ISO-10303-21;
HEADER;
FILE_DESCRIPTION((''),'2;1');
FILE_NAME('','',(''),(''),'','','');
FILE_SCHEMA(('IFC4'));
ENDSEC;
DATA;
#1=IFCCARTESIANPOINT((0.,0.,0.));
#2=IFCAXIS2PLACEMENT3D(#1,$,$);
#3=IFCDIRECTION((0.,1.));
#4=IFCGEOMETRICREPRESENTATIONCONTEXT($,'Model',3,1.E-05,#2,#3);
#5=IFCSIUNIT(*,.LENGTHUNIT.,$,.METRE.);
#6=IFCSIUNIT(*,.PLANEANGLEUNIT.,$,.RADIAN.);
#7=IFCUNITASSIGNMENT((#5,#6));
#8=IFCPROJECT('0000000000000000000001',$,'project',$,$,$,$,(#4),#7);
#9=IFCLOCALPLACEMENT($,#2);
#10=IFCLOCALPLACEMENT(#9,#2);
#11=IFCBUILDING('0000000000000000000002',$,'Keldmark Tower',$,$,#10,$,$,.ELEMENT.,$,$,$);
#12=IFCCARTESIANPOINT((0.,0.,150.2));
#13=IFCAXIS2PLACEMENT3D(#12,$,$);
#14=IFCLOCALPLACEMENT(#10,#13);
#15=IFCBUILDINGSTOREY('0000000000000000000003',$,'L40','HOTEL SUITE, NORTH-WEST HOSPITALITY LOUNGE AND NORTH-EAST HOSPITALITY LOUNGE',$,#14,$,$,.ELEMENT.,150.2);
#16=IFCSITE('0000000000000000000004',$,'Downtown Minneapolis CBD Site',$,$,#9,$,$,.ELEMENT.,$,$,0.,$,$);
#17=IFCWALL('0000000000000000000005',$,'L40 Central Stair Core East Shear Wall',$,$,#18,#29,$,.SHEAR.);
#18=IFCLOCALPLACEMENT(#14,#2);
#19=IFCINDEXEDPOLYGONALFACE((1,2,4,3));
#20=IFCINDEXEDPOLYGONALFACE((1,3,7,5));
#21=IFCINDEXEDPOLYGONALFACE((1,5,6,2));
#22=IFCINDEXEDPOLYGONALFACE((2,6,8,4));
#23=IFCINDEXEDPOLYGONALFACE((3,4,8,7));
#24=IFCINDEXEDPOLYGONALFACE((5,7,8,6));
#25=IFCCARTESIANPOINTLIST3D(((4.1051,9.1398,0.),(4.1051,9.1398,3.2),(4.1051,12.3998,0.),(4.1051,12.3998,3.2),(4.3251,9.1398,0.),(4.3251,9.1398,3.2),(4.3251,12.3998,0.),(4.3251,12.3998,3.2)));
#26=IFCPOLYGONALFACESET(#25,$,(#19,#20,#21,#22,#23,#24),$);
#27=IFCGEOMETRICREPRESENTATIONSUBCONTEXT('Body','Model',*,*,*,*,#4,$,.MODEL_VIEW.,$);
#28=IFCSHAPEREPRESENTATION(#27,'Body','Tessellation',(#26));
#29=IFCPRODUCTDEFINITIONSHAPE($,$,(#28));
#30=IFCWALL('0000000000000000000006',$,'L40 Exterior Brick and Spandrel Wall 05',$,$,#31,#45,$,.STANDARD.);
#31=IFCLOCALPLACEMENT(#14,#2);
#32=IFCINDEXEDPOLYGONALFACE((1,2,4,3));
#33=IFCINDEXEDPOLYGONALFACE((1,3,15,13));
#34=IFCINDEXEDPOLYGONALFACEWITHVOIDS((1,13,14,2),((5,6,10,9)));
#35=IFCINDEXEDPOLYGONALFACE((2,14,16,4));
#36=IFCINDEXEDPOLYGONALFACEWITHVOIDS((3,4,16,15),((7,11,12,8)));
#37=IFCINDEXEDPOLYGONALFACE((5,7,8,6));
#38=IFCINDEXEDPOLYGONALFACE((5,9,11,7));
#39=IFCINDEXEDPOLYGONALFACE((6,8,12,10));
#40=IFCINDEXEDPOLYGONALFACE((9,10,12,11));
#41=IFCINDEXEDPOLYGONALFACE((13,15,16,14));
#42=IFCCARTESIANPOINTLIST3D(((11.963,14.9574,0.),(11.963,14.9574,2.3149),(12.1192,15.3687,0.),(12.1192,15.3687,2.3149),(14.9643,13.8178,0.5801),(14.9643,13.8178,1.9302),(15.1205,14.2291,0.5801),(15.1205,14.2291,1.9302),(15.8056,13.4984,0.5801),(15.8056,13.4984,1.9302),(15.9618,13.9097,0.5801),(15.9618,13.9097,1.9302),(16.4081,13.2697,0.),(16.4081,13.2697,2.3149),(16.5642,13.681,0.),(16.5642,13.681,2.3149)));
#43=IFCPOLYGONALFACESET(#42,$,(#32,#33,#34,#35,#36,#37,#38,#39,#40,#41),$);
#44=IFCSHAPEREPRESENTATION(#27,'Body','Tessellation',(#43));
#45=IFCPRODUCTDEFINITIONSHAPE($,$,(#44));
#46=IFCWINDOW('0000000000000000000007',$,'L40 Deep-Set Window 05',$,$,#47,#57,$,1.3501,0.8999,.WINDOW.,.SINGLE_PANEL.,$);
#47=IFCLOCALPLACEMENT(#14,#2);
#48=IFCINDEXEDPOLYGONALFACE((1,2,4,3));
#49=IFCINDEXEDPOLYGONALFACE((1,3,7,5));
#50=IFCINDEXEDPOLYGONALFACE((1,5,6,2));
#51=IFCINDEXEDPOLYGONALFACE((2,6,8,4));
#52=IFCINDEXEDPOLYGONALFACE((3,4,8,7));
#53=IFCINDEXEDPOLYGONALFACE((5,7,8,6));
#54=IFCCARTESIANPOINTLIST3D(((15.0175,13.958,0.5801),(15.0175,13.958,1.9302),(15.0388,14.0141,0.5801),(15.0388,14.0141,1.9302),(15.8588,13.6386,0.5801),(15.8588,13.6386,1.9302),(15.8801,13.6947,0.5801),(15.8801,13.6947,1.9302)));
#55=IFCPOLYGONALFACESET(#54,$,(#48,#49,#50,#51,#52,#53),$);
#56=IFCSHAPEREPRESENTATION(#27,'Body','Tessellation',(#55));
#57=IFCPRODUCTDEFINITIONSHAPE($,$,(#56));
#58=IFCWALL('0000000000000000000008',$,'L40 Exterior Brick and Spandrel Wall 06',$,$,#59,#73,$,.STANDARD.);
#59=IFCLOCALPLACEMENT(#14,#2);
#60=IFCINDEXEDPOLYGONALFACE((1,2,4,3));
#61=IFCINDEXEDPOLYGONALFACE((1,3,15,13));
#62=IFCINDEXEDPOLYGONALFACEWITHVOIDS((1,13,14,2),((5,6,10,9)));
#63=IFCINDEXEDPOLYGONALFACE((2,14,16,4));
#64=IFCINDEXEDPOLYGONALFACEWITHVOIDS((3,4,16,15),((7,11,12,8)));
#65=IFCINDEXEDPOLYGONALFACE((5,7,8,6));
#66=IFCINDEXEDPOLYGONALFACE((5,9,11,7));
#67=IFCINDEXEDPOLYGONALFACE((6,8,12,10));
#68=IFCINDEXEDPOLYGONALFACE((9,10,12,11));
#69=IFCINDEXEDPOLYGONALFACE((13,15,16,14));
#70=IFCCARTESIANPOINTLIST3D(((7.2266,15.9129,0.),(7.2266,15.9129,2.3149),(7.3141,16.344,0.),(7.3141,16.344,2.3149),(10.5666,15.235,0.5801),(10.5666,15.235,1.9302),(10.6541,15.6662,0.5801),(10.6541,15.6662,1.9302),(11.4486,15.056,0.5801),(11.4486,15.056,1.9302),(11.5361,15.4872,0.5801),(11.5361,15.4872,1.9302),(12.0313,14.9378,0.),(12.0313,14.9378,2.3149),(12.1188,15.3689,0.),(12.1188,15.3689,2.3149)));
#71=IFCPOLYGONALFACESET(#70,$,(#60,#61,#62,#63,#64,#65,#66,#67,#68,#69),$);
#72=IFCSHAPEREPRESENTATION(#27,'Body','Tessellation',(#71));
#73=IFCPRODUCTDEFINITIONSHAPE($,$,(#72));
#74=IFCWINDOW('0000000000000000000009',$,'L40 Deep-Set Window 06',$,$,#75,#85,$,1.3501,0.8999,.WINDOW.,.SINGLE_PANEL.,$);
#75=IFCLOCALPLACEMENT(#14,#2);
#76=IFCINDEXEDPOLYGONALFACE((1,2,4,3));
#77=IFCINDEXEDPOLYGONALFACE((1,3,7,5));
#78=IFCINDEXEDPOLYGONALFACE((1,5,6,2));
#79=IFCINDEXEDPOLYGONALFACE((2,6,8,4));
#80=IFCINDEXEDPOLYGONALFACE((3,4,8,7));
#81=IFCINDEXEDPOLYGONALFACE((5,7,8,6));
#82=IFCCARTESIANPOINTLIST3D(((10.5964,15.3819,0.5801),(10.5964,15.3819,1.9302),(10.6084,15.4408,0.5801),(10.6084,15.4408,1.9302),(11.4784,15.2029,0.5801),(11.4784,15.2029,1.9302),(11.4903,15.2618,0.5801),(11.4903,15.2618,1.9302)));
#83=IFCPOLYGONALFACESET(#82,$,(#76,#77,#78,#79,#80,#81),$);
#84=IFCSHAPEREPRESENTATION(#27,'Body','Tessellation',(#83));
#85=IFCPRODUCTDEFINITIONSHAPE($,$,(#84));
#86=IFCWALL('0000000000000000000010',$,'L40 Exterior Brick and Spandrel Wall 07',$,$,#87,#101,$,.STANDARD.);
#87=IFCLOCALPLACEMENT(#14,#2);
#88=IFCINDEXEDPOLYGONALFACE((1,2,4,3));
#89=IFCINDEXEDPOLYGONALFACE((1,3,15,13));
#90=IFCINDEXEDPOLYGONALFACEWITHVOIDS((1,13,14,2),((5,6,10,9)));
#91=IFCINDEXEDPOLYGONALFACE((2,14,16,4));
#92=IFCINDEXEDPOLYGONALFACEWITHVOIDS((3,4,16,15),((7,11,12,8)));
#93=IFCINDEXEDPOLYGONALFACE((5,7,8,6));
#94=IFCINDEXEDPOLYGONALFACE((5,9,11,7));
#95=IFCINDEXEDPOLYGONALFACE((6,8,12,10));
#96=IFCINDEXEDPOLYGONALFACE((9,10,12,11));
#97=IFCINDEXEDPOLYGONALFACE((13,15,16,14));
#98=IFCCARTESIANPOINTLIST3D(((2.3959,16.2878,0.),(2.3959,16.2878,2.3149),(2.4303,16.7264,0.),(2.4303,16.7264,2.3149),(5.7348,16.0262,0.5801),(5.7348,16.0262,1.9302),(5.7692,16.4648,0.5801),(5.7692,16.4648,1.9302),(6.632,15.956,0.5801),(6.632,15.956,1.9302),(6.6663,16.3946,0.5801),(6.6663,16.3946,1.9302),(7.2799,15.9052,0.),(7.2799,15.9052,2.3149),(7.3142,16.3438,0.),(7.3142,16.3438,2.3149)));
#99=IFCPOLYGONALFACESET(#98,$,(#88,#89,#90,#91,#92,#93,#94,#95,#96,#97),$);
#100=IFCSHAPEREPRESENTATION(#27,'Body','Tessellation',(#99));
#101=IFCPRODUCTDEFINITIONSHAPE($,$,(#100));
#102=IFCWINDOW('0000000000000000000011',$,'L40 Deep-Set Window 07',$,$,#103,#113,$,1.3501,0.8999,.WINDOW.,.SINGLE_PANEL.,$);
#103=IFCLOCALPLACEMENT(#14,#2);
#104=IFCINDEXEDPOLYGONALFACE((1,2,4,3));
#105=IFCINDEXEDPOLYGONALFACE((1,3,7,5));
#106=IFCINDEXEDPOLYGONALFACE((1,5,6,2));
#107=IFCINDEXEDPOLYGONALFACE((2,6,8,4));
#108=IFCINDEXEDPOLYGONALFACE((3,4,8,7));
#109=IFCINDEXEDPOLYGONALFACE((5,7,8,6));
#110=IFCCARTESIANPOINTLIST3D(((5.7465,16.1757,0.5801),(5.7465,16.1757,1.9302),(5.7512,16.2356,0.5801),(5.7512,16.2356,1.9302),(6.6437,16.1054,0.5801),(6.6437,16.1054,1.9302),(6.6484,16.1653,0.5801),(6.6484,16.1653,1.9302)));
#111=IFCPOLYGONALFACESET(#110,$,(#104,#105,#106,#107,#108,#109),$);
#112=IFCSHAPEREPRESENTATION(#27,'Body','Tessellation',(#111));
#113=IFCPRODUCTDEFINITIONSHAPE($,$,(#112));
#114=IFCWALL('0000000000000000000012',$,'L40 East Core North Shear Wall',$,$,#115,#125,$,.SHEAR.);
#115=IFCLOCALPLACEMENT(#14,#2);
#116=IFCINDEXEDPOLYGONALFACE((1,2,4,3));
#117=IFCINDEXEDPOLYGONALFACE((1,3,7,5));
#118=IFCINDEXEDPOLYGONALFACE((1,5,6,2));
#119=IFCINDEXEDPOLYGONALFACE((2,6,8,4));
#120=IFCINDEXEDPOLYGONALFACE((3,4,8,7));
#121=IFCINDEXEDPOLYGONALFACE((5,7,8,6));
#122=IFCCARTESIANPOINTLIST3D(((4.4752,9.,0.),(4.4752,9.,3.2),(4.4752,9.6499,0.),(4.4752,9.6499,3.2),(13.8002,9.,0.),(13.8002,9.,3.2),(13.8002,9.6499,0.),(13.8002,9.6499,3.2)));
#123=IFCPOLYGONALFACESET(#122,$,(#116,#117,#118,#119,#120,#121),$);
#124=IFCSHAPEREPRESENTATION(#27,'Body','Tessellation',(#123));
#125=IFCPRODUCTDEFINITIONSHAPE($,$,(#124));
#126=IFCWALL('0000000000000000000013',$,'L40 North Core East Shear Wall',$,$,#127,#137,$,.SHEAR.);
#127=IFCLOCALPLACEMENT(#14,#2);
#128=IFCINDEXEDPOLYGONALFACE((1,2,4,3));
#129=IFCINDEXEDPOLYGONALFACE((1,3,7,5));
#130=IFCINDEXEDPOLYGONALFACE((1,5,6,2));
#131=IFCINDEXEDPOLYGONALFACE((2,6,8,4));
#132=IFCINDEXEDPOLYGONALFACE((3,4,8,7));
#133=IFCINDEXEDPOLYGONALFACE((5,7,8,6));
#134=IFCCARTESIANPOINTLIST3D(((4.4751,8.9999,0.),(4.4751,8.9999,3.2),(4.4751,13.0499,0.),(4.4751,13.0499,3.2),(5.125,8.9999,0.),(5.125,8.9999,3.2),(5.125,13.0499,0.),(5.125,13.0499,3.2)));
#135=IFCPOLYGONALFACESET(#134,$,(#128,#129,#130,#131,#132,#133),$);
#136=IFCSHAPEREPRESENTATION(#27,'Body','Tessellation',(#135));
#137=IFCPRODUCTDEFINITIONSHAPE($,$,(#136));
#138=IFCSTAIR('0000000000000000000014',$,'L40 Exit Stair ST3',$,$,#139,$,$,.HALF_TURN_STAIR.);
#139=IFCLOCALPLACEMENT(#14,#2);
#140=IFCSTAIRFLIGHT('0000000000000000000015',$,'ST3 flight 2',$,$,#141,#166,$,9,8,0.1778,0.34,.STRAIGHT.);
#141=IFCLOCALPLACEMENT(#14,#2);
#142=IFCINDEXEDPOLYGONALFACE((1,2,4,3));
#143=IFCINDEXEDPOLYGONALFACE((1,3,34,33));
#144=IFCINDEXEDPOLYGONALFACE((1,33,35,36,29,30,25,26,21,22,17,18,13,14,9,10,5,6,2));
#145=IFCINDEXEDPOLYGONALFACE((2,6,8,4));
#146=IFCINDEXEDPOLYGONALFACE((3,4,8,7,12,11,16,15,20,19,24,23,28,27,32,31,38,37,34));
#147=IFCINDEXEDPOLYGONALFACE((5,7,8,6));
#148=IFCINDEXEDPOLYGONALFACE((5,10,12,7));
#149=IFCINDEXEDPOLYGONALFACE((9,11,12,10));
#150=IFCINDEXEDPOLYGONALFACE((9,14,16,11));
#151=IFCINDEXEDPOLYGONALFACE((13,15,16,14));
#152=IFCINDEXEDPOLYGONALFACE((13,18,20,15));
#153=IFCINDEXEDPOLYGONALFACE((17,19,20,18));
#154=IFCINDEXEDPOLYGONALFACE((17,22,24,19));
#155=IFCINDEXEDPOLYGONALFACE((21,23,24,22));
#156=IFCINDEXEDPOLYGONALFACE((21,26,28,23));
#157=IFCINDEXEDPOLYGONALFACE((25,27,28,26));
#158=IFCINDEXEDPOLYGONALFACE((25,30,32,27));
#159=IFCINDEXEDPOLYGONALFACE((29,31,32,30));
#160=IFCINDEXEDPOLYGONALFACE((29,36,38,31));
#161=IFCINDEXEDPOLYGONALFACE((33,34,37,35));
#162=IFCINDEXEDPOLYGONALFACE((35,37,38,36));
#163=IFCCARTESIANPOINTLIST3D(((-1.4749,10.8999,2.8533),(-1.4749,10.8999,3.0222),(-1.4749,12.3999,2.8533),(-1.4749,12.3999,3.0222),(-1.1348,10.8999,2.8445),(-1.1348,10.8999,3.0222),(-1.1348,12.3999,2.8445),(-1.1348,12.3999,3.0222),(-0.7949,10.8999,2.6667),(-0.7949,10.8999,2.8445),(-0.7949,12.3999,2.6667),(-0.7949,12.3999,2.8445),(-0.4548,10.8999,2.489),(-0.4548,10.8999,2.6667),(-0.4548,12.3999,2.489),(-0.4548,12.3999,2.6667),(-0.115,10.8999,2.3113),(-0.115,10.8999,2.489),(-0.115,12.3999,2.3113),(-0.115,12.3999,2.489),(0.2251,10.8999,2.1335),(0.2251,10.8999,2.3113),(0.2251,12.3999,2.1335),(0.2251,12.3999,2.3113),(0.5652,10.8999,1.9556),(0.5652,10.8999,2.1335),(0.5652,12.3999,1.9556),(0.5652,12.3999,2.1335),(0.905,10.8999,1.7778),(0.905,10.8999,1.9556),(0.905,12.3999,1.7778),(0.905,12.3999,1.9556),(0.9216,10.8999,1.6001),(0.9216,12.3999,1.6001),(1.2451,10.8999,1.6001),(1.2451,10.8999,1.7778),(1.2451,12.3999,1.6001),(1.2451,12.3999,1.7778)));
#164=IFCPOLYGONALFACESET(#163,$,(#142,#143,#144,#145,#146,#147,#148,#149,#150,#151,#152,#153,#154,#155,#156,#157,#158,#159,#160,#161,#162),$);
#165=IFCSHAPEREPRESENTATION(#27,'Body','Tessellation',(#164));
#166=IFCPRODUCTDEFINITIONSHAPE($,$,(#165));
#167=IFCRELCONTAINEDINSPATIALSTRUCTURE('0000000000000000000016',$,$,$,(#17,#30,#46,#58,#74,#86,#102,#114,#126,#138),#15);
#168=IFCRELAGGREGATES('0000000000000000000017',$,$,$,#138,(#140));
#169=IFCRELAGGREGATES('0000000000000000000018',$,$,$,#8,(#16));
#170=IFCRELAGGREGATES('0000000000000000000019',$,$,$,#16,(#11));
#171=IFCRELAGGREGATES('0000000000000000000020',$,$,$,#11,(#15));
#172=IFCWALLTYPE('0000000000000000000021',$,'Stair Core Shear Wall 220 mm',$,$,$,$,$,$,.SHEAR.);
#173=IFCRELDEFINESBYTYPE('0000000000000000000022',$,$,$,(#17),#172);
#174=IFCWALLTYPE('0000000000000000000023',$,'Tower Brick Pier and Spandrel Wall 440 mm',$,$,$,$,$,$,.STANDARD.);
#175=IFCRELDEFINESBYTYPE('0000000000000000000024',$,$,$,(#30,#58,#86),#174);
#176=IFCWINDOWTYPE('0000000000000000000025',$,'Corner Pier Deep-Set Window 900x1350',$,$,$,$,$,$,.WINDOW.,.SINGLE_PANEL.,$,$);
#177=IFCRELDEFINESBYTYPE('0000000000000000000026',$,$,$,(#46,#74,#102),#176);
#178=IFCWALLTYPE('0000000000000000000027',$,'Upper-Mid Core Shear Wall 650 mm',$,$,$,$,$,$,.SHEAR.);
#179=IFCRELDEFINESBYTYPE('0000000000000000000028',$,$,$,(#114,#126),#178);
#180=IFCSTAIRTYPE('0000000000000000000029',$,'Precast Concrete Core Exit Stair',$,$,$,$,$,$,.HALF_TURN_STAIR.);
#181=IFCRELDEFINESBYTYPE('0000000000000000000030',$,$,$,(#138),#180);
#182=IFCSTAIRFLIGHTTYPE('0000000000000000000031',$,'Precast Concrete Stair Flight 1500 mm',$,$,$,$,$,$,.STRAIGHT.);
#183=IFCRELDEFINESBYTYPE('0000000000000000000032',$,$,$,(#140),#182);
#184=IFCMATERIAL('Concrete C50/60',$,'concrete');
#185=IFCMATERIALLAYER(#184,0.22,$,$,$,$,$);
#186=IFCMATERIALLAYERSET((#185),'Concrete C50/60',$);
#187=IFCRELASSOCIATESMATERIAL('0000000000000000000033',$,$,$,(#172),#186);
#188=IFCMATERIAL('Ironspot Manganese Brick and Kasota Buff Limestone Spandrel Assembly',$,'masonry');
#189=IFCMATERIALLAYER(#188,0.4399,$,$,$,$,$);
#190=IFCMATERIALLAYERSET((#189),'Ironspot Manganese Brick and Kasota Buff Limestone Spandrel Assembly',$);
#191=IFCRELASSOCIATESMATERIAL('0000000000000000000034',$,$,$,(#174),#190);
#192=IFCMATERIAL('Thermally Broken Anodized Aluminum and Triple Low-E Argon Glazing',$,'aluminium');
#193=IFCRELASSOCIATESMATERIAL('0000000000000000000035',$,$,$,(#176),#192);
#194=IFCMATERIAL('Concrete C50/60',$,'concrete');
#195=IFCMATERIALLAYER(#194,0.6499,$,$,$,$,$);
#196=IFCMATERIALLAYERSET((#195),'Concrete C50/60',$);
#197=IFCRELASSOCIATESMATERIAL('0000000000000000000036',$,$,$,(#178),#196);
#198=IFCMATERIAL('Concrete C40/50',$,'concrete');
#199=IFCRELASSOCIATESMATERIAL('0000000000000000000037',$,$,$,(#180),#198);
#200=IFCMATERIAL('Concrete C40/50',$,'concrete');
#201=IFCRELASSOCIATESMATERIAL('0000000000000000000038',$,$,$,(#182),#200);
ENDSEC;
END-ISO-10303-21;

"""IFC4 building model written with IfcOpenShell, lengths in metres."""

from ifc_helpers import new_model, si_unit, direction, frame, frame_2d, origin, place, context, subcontext, project, spatial, polyline, rectangle, outline, extrude, material, layer, layer_set, type_object, element, fill, aggregate, save


model = new_model("IFC4")

# Units and contexts
model_context = context("Model", 3, precision=1e-05, world=origin(), true_north=direction((0.0, 1.0)))
body_context = subcontext(model_context, "Body", "Model", "MODEL_VIEW")
ifc_project = project(units=[si_unit("LENGTHUNIT", "METRE"), si_unit("PLANEANGLEUNIT", "RADIAN")], contexts=[model_context])

# Site, building, storey
site_placement = place(None, origin())
site = spatial("IfcSite", under=ifc_project, at=site_placement, Name="Downtown Minneapolis CBD Site", CompositionType="ELEMENT", RefElevation=0.0)
building_placement = place(site_placement, origin())
building = spatial("IfcBuilding", under=site, at=building_placement, Name="Keldmark Tower", CompositionType="ELEMENT")
storey_placement = place(building_placement, frame((0.0, 0.0, 150.2)))
storey = spatial("IfcBuildingStorey", under=building, at=storey_placement, Name="L40", Description="HOTEL SUITE, NORTH-WEST HOSPITALITY LOUNGE AND NORTH-EAST HOSPITALITY LOUNGE", CompositionType="ELEMENT", Elevation=150.2)

# Wall
ifc_material_1 = material(Name="Concrete C50/60", Category="concrete")
ifc_layer_1 = layer(ifc_material_1, 0.22)
ifc_layer_set_1 = layer_set([ifc_layer_1], Name="Concrete C50/60")
wall_type_1 = type_object("IfcWallType", Name="Stair Core Shear Wall 220 mm", PredefinedType="SHEAR", material=ifc_layer_set_1)
wall_1_placement = place(storey_placement, frame((4.2151, 9.1399, 0.0), z_axis=(0.0, 0.0, 1.0), x_axis=(0.0, 1.0, 0.0)))
element("IfcWall", 1, at=wall_1_placement, inside=storey, type_object=wall_type_1, Name="L40 Central Stair Core East Shear Wall", PredefinedType="SHEAR", context=body_context, shape_type="SweptSolid", body=[
    extrude(rectangle(XDim=3.26, YDim=0.22, at=frame_2d((1.6299, 0.0))), origin(), (0.0, 0.0, 1.0), 3.2),
])

# Walls, openings, windows
ifc_material_2 = material(Name="Ironspot Manganese Brick and Kasota Buff Limestone Spandrel Assembly", Category="masonry")
ifc_layer_2 = layer(ifc_material_2, 0.4399)
ifc_layer_set_2 = layer_set([ifc_layer_2], Name="Ironspot Manganese Brick and Kasota Buff Limestone Spandrel Assembly")
wall_type_2 = type_object("IfcWallType", Name="Tower Brick Pier and Spandrel Wall 440 mm", PredefinedType="STANDARD", material=ifc_layer_set_2)
wall_2_placement = place(storey_placement, frame((12.041, 15.1631, 0.0), z_axis=(0.0, 0.0, 1.0), x_axis=(0.93488, -0.354964, 0.0)))
wall_2 = element("IfcWall", 2, at=wall_2_placement, inside=storey, type_object=wall_type_2, Name="L40 Exterior Brick and Spandrel Wall 05", PredefinedType="STANDARD", context=body_context, shape_type="SweptSolid", body=[
    extrude(rectangle(XDim=4.7546, YDim=0.4399, at=frame_2d((2.3774, 0.0))), origin(), (0.0, 0.0, 1.0), 2.3149),
])
opening_1_placement = place(wall_2_placement, frame((3.2104, 0.0, 0.5801)))
opening_1 = element("IfcOpeningElement", 3, at=opening_1_placement, cuts=wall_2, PredefinedType="OPENING", context=body_context, shape_type="SweptSolid", body=[
    extrude(rectangle(XDim=0.8999, YDim=1.3501, at=frame_2d((0.45, 0.675))), frame((0.0, 0.23, 0.0), z_axis=(0.0, -1.0, 0.0), x_axis=(1.0, 0.0, 0.0)), (0.0, 0.0, 1.0), 0.46),
])
ifc_material_3 = material(Name="Thermally Broken Anodized Aluminum and Triple Low-E Argon Glazing", Category="aluminium")
window_type = type_object("IfcWindowType", Name="Corner Pier Deep-Set Window 900x1350", PartitioningType="SINGLE_PANEL", PredefinedType="WINDOW", material=ifc_material_3)
window_1_placement = place(opening_1_placement, origin())
window_1 = element("IfcWindow", 4, at=window_1_placement, inside=storey, type_object=window_type, Name="L40 Deep-Set Window 05", OverallHeight=1.3501, OverallWidth=0.8999, PartitioningType="SINGLE_PANEL", PredefinedType="WINDOW", context=body_context, shape_type="SweptSolid", body=[
    extrude(rectangle(XDim=0.8999, YDim=1.3501, at=frame_2d((0.45, 0.675))), frame((0.0, -0.01, 0.0), z_axis=(0.0, -1.0, 0.0), x_axis=(1.0, 0.0, 0.0)), (0.0, 0.0, 1.0), 0.0601),
])
fill(opening_1, window_1)
wall_3_placement = place(storey_placement, frame((7.2705, 16.1284, 0.0), z_axis=(0.0, 0.0, 1.0), x_axis=(0.980021, -0.198893, 0.0)))
wall_3 = element("IfcWall", 5, at=wall_3_placement, inside=storey, type_object=wall_type_2, Name="L40 Exterior Brick and Spandrel Wall 06", PredefinedType="STANDARD", context=body_context, shape_type="SweptSolid", body=[
    extrude(rectangle(XDim=4.9026, YDim=0.4399, at=frame_2d((2.4512, 0.0))), origin(), (0.0, 0.0, 1.0), 2.3149),
])
opening_2_placement = place(wall_3_placement, frame((3.408, 0.0, 0.5801)))
opening_2 = element("IfcOpeningElement", 6, at=opening_2_placement, cuts=wall_3, PredefinedType="OPENING", context=body_context, shape_type="SweptSolid", body=[
    extrude(rectangle(XDim=0.8999, YDim=1.3501, at=frame_2d((0.45, 0.675))), frame((0.0, 0.23, 0.0), z_axis=(0.0, -1.0, 0.0), x_axis=(1.0, 0.0, 0.0)), (0.0, 0.0, 1.0), 0.46),
])
window_2_placement = place(opening_2_placement, origin())
window_2 = element("IfcWindow", 7, at=window_2_placement, inside=storey, type_object=window_type, Name="L40 Deep-Set Window 06", OverallHeight=1.3501, OverallWidth=0.8999, PartitioningType="SINGLE_PANEL", PredefinedType="WINDOW", context=body_context, shape_type="SweptSolid", body=[
    extrude(rectangle(XDim=0.8999, YDim=1.3501, at=frame_2d((0.45, 0.675))), frame((0.0, -0.01, 0.0), z_axis=(0.0, -1.0, 0.0), x_axis=(1.0, 0.0, 0.0)), (0.0, 0.0, 1.0), 0.0601),
])
fill(opening_2, window_2)
wall_4_placement = place(storey_placement, frame((2.4131, 16.5071, 0.0), z_axis=(0.0, 0.0, 1.0), x_axis=(0.996946, -0.078091, 0.0)))
wall_4 = element("IfcWall", 8, at=wall_4_placement, inside=storey, type_object=wall_type_2, Name="L40 Exterior Brick and Spandrel Wall 07", PredefinedType="STANDARD", context=body_context, shape_type="SweptSolid", body=[
    extrude(rectangle(XDim=4.8989, YDim=0.4399, at=frame_2d((2.4495, 0.0))), origin(), (0.0, 0.0, 1.0), 2.3149),
])
opening_3_placement = place(wall_4_placement, frame((3.3491, 0.0, 0.5801)))
opening_3 = element("IfcOpeningElement", 9, at=opening_3_placement, cuts=wall_4, PredefinedType="OPENING", context=body_context, shape_type="SweptSolid", body=[
    extrude(rectangle(XDim=0.8999, YDim=1.3501, at=frame_2d((0.45, 0.675))), frame((0.0, 0.23, 0.0), z_axis=(0.0, -1.0, 0.0), x_axis=(1.0, 0.0, 0.0)), (0.0, 0.0, 1.0), 0.46),
])
window_3_placement = place(opening_3_placement, origin())
window_3 = element("IfcWindow", 10, at=window_3_placement, inside=storey, type_object=window_type, Name="L40 Deep-Set Window 07", OverallHeight=1.3501, OverallWidth=0.8999, PartitioningType="SINGLE_PANEL", PredefinedType="WINDOW", context=body_context, shape_type="SweptSolid", body=[
    extrude(rectangle(XDim=0.8999, YDim=1.3501, at=frame_2d((0.45, 0.675))), frame((0.0, -0.01, 0.0), z_axis=(0.0, -1.0, 0.0), x_axis=(1.0, 0.0, 0.0)), (0.0, 0.0, 1.0), 0.0601),
])
fill(opening_3, window_3)

# Walls
ifc_material_4 = material(Name="Concrete C50/60", Category="concrete")
ifc_layer_3 = layer(ifc_material_4, 0.6499)
ifc_layer_set_3 = layer_set([ifc_layer_3], Name="Concrete C50/60")
wall_type_3 = type_object("IfcWallType", Name="Upper-Mid Core Shear Wall 650 mm", PredefinedType="SHEAR", material=ifc_layer_set_3)
wall_5_placement = place(storey_placement, frame((4.4751, 9.325, 0.0), z_axis=(0.0, 0.0, 1.0), x_axis=(1.0, 0.0, 0.0)))
element("IfcWall", 11, at=wall_5_placement, inside=storey, type_object=wall_type_3, Name="L40 East Core North Shear Wall", PredefinedType="SHEAR", context=body_context, shape_type="SweptSolid", body=[
    extrude(rectangle(XDim=9.325, YDim=0.6499, at=frame_2d((4.6626, 0.0))), origin(), (0.0, 0.0, 1.0), 3.2),
])
wall_6_placement = place(storey_placement, frame((4.8, 9.0, 0.0), z_axis=(0.0, 0.0, 1.0), x_axis=(0.0, 1.0, 0.0)))
element("IfcWall", 12, at=wall_6_placement, inside=storey, type_object=wall_type_3, Name="L40 North Core East Shear Wall", PredefinedType="SHEAR", context=body_context, shape_type="SweptSolid", body=[
    extrude(rectangle(XDim=4.05, YDim=0.6499, at=frame_2d((2.0249, 0.0))), origin(), (0.0, 0.0, 1.0), 3.2),
])

# Stair, stair flight
ifc_material_5 = material(Name="Concrete C40/50", Category="concrete")
stair_type = type_object("IfcStairType", Name="Precast Concrete Core Exit Stair", PredefinedType="HALF_TURN_STAIR", material=ifc_material_5)
stair_placement = place(storey_placement, origin())
stair = element("IfcStair", 13, at=stair_placement, inside=storey, type_object=stair_type, Name="L40 Exit Stair ST3", PredefinedType="HALF_TURN_STAIR")
ifc_material_6 = material(Name="Concrete C40/50", Category="concrete")
stair_flight_type = type_object("IfcStairFlightType", Name="Precast Concrete Stair Flight 1500 mm", PredefinedType="STRAIGHT", material=ifc_material_6)
stair_flight_placement = place(storey_placement, frame((1.2451, 11.6499, 1.6001), z_axis=(0.0, 0.0, 1.0), x_axis=(-1.0, 0.0, 0.0)))
stair_flight = element("IfcStairFlight", 14, at=stair_flight_placement, type_object=stair_flight_type, Name="ST3 flight 2", NumberOfRisers=9, NumberOfTreads=8, PredefinedType="STRAIGHT", RiserHeight=0.1778, TreadLength=0.34, context=body_context, shape_type="SweptSolid", body=[
    extrude(outline(polyline([(0.0, 0.0), (0.0, 0.1777), (0.3401, 0.1777), (0.3401, 0.3555), (0.6799, 0.3555), (0.6799, 0.5334), (1.02, 0.5334), (1.02, 0.7112), (1.3601, 0.7112), (1.3601, 0.8889), (1.7, 0.8889), (1.7, 1.0667), (2.04, 1.0667), (2.04, 1.2444), (2.3799, 1.2444), (2.3799, 1.4221), (2.72, 1.4221), (2.72, 1.6001), (2.72, 1.2532), (0.3235, 0.0), (0.0, 0.0)])), frame((0.0, 0.75, 0.0), z_axis=(0.0, -1.0, 0.0), x_axis=(1.0, 0.0, 0.0)), (0.0, 0.0, 1.0), 1.5),
])
aggregate(stair, [stair_flight])

save(model, "model.ifc")
